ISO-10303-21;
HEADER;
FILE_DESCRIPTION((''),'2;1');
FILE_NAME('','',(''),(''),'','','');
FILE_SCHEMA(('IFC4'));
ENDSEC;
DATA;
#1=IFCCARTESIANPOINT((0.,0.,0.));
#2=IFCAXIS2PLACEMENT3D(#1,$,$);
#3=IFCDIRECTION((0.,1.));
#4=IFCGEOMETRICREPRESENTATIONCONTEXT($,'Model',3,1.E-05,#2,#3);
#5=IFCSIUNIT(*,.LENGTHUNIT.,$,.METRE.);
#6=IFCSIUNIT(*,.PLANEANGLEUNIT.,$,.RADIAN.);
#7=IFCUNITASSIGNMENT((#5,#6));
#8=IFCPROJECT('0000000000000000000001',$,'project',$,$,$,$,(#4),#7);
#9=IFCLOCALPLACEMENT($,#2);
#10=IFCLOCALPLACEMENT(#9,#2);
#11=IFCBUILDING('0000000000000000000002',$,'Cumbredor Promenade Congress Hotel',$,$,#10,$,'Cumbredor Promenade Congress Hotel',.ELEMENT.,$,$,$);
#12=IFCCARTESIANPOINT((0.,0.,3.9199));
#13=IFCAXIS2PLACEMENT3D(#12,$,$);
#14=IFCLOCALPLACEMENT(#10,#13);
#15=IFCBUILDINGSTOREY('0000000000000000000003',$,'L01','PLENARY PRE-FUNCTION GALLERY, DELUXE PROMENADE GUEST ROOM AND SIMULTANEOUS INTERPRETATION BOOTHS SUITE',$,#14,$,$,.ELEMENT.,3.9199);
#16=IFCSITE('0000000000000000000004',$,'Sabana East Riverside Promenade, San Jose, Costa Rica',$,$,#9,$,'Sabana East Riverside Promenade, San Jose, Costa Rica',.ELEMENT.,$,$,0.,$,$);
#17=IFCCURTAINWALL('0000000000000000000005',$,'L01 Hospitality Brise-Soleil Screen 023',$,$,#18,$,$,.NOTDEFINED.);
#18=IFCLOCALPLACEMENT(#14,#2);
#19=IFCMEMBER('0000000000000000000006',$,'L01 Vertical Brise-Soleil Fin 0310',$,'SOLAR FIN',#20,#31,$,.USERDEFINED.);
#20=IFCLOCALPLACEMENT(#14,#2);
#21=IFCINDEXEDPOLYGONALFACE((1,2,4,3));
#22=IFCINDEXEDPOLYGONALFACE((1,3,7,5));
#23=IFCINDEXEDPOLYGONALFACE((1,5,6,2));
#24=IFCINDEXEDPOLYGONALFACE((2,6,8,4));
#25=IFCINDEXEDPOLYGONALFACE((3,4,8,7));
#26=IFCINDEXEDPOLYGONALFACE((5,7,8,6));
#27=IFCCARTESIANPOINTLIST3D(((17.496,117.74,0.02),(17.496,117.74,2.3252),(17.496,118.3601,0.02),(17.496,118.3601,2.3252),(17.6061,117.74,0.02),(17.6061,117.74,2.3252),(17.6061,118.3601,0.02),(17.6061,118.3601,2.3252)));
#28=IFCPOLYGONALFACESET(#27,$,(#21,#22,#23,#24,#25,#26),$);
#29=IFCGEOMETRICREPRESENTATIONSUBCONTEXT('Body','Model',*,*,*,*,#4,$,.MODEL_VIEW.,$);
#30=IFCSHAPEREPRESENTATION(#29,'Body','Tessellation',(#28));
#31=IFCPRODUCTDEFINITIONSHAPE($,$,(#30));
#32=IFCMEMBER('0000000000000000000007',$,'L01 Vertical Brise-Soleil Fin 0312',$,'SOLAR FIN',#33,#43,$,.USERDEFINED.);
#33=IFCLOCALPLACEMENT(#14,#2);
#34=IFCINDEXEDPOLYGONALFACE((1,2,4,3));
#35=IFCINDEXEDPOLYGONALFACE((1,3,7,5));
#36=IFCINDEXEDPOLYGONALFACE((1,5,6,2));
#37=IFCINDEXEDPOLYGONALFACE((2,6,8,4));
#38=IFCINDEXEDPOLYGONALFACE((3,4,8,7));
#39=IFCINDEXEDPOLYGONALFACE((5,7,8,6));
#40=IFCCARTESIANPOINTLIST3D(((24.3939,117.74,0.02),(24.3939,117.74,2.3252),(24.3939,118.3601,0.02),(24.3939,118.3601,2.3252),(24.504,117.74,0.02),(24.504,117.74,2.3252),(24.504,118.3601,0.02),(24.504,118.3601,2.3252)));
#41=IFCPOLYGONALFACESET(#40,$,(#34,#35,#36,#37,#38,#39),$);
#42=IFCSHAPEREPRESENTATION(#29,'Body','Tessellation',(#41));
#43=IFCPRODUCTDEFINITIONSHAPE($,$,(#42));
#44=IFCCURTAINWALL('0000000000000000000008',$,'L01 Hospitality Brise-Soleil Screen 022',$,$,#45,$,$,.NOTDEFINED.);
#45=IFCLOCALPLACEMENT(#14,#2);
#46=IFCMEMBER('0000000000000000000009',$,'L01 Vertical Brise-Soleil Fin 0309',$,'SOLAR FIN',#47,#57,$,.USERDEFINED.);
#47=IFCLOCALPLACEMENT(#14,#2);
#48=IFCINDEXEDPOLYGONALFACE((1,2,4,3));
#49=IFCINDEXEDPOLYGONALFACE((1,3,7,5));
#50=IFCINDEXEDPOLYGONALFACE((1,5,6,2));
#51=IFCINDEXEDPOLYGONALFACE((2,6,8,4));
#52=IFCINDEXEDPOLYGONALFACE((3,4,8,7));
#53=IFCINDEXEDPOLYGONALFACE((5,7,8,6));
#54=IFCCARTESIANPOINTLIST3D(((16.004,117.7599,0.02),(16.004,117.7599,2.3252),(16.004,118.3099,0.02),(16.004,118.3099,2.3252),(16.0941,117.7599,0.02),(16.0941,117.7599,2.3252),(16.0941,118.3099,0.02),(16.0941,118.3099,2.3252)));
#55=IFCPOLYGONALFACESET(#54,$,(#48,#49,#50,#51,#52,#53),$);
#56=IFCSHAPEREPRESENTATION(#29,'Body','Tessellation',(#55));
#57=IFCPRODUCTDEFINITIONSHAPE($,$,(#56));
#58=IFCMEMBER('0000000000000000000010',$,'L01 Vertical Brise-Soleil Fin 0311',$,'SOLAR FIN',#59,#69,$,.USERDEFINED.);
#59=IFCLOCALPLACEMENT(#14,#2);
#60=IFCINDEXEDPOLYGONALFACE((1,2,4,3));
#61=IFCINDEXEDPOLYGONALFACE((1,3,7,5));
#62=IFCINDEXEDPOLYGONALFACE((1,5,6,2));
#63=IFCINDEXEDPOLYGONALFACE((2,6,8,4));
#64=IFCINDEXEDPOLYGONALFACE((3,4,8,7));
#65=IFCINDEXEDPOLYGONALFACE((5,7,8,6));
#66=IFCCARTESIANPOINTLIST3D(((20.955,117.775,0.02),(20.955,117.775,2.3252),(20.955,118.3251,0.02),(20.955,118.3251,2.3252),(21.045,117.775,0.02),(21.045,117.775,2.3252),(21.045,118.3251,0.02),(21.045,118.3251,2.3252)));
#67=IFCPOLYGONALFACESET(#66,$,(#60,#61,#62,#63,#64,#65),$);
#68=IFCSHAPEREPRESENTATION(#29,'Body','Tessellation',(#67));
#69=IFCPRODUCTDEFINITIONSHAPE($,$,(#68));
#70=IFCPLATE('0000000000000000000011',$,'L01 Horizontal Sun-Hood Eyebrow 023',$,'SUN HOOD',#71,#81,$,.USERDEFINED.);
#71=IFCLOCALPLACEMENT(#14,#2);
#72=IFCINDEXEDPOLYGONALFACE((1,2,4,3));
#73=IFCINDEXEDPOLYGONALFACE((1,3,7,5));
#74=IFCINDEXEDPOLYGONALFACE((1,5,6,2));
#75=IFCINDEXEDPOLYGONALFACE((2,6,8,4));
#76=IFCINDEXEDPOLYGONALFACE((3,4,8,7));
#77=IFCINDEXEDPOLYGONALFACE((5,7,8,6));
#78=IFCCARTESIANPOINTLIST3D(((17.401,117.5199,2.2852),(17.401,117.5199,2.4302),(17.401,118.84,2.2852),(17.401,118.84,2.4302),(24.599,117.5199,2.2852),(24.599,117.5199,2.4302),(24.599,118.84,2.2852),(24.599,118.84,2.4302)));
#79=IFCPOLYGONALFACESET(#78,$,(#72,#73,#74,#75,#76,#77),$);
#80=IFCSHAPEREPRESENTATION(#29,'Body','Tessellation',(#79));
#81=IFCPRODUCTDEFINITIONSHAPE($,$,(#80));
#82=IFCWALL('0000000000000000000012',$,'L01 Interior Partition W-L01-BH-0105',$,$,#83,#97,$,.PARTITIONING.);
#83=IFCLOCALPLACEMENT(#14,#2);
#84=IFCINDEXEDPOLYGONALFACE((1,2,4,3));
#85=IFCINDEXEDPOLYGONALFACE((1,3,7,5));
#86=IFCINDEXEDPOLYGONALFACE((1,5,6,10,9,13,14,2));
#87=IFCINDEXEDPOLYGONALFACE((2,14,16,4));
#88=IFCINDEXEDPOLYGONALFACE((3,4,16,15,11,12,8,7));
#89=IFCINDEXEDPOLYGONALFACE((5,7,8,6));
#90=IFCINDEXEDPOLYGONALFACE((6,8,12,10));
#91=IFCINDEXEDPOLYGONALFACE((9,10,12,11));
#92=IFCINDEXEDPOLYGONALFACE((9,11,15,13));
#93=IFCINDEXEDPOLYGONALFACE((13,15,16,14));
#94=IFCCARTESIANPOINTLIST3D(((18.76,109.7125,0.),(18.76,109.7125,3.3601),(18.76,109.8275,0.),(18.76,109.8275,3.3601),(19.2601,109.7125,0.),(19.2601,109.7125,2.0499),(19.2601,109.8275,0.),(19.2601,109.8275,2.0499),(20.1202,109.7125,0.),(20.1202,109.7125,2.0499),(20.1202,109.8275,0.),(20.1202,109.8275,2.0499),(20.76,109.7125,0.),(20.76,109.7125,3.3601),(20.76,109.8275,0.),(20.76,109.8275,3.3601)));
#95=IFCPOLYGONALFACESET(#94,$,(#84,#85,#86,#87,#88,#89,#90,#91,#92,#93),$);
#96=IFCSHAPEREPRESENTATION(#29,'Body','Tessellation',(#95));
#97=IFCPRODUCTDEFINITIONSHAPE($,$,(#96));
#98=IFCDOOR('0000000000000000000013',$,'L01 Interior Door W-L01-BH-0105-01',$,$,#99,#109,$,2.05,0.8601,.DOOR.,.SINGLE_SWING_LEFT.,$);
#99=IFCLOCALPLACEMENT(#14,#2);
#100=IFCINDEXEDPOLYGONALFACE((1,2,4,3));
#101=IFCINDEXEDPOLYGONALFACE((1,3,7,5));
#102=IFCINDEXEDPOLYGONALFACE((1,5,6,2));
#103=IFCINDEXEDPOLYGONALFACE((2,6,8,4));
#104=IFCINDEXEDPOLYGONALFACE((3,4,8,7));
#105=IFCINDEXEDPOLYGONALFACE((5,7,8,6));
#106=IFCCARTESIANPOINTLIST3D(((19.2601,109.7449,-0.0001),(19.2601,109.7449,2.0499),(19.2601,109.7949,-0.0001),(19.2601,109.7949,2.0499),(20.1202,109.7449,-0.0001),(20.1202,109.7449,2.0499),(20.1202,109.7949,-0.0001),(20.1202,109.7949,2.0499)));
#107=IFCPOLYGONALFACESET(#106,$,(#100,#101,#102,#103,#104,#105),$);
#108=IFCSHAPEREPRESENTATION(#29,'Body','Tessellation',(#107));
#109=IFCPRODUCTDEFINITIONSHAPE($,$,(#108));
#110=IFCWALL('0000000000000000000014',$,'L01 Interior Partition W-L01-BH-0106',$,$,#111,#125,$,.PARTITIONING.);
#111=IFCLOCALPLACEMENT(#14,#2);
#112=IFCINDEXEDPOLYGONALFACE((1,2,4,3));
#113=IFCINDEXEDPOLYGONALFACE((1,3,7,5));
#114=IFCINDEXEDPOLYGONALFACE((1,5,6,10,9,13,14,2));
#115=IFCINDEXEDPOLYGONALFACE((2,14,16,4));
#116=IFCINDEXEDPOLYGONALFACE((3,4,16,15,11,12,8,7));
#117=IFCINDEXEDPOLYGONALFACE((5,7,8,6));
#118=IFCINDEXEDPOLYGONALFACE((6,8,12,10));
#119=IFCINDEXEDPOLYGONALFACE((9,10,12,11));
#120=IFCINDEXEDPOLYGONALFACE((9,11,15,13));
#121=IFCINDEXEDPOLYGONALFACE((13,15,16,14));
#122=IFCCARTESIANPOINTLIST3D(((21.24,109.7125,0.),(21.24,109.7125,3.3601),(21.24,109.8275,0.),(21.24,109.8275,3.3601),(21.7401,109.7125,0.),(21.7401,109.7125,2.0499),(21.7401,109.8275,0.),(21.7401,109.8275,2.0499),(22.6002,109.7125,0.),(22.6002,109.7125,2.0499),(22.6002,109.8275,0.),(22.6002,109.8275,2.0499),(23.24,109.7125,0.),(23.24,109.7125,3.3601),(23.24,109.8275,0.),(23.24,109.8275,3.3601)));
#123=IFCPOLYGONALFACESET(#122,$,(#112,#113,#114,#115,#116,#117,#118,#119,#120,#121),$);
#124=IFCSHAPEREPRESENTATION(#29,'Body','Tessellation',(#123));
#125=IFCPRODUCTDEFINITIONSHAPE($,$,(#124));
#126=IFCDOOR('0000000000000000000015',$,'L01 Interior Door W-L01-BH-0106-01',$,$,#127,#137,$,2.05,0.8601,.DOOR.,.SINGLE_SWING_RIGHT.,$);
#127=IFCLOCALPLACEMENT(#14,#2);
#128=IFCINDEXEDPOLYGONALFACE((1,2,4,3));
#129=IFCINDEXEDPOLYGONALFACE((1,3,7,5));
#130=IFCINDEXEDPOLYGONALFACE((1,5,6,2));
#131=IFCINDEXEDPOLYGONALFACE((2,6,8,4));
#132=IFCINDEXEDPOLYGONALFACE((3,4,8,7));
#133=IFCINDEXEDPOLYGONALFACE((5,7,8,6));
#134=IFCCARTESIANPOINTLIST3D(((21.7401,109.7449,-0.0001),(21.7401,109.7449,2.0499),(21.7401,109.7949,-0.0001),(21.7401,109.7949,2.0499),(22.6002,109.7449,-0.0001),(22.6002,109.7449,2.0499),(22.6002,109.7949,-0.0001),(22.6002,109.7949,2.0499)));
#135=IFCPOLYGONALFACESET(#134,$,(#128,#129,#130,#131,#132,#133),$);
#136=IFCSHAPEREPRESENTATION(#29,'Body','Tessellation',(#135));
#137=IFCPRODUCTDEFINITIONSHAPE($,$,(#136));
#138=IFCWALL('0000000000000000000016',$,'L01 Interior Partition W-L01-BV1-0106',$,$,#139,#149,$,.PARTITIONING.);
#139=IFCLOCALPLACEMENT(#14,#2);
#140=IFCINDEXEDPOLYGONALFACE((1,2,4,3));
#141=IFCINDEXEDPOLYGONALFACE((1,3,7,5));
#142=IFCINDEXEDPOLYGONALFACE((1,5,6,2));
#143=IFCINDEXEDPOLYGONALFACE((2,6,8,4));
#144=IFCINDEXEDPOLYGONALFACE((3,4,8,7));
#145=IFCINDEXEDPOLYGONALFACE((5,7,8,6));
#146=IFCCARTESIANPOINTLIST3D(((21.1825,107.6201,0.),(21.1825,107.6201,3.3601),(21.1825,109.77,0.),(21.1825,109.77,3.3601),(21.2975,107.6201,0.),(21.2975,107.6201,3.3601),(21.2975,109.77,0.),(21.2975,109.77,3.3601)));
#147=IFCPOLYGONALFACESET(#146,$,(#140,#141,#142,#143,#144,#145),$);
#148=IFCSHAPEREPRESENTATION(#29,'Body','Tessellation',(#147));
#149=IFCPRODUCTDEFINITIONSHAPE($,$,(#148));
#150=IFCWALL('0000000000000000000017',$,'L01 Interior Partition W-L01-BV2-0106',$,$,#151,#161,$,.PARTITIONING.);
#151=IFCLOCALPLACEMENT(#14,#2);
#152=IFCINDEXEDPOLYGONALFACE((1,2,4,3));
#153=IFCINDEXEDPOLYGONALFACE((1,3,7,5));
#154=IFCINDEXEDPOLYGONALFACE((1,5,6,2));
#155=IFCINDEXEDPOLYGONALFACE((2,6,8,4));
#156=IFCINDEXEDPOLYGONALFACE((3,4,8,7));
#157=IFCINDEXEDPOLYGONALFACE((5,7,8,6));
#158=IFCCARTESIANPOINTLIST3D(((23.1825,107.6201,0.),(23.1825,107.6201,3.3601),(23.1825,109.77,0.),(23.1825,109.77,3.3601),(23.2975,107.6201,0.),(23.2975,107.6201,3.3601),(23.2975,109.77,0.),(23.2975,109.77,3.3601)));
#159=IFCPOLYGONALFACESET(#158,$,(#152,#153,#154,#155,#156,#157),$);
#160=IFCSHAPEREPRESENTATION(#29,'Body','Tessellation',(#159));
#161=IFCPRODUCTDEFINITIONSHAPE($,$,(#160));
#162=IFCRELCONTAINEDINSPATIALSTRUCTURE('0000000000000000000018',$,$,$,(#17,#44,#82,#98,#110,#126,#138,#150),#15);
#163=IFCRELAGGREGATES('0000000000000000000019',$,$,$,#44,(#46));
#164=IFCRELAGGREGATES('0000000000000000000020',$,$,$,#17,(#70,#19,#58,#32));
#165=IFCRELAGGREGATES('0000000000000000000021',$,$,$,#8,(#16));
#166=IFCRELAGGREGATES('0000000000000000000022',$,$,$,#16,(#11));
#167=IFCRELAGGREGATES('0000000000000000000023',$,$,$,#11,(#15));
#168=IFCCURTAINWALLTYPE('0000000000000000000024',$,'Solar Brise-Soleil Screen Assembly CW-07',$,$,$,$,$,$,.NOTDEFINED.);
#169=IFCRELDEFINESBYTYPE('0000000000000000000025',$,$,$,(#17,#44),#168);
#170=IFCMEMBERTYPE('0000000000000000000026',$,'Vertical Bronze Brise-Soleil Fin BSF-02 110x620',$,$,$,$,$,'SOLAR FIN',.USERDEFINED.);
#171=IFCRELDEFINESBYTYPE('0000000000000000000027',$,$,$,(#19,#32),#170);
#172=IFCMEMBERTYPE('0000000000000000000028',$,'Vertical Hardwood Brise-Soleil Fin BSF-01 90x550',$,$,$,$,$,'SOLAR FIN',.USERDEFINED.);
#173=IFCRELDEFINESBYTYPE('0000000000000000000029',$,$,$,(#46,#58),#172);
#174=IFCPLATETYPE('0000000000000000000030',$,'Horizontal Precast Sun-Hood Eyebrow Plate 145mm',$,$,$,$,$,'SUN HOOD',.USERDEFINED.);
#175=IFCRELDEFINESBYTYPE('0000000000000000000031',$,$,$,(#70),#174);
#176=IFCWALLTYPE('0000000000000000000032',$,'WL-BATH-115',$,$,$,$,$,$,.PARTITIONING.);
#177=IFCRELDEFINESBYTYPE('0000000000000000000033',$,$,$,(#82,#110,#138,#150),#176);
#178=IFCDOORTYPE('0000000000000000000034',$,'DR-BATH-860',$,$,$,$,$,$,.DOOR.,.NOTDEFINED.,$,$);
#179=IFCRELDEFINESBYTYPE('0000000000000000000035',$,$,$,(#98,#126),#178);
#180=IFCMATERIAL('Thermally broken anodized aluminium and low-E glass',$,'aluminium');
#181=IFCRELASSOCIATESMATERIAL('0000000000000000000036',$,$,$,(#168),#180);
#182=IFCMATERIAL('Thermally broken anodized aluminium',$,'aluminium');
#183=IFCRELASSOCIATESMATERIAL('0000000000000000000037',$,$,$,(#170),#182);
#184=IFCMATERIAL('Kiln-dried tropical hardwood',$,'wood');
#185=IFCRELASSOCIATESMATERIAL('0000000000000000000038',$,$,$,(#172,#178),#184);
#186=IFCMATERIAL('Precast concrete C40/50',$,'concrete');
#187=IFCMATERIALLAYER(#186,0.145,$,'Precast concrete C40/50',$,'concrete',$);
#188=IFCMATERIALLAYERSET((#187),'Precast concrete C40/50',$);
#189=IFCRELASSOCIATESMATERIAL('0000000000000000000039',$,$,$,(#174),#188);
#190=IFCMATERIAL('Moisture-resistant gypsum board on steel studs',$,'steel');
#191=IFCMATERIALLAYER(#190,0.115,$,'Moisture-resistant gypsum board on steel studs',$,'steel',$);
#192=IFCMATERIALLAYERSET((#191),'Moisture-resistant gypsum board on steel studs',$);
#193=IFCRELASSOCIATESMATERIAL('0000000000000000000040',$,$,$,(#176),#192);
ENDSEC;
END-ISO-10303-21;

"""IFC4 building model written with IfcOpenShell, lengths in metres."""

from ifc_helpers import new_model, si_unit, direction, frame, frame_2d, origin, origin_2d, place, context, subcontext, project, spatial, rectangle, extrude, material, layer, layer_set, material_profile, profile_set, type_object, element, fill, aggregate, save


model = new_model("IFC4")

# Units and contexts
model_context = context("Model", 3, precision=1e-05, world=origin(), true_north=direction((0.0, 1.0)))
body_context = subcontext(model_context, "Body", "Model", "MODEL_VIEW")
ifc_project = project(units=[si_unit("LENGTHUNIT", "METRE"), si_unit("PLANEANGLEUNIT", "RADIAN")], contexts=[model_context])

# Site, building, storey
site_placement = place(None, origin())
site = spatial("IfcSite", under=ifc_project, at=site_placement, Name="Sabana East Riverside Promenade, San Jose, Costa Rica", LongName="Sabana East Riverside Promenade, San Jose, Costa Rica", CompositionType="ELEMENT", RefElevation=0.0)
building_placement = place(site_placement, origin())
building = spatial("IfcBuilding", under=site, at=building_placement, Name="Cumbredor Promenade Congress Hotel", LongName="Cumbredor Promenade Congress Hotel", CompositionType="ELEMENT")
storey_placement = place(building_placement, frame((0.0, 0.0, 3.9199)))
storey = spatial("IfcBuildingStorey", under=building, at=storey_placement, Name="L01", Description="PLENARY PRE-FUNCTION GALLERY, DELUXE PROMENADE GUEST ROOM AND SIMULTANEOUS INTERPRETATION BOOTHS SUITE", CompositionType="ELEMENT", Elevation=3.9199)

# Curtain wall
ifc_material_1 = material(Name="Thermally broken anodized aluminium and low-E glass", Category="aluminium")
curtain_wall_type = type_object("IfcCurtainWallType", Name="Solar Brise-Soleil Screen Assembly CW-07", PredefinedType="NOTDEFINED", material=ifc_material_1)
curtain_wall_1_placement = place(storey_placement, origin())
curtain_wall_1 = element("IfcCurtainWall", 1, at=curtain_wall_1_placement, inside=storey, type_object=curtain_wall_type, Name="L01 Hospitality Brise-Soleil Screen 023", PredefinedType="NOTDEFINED")
ifc_material_2 = material(Name="Thermally broken anodized aluminium", Category="aluminium")

# Members
ifc_material_profile_1 = material_profile(ifc_material_2, rectangle(XDim=0.1101, YDim=0.6201, at=origin_2d()), Name="ARCH FIN 110x620")
ifc_profile_set_1 = profile_set([ifc_material_profile_1], Name="Thermally broken anodized aluminium")
member_type_1 = type_object("IfcMemberType", Name="Vertical Bronze Brise-Soleil Fin BSF-02 110x620", ElementType="SOLAR FIN", PredefinedType="USERDEFINED", material=ifc_profile_set_1)
member_1_placement = place(storey_placement, frame((17.551, 118.05, 0.02), z_axis=(0.0, 0.0, 1.0), x_axis=(1.0, 0.0, 0.0)))
member_1 = element("IfcMember", 2, at=member_1_placement, type_object=member_type_1, Name="L01 Vertical Brise-Soleil Fin 0310", ObjectType="SOLAR FIN", PredefinedType="USERDEFINED", context=body_context, shape_type="SweptSolid", body=[
    extrude(rectangle(XDim=0.1101, YDim=0.6201, at=origin_2d()), origin(), (0.0, 0.0, 1.0), 2.3052),
])
member_2_placement = place(storey_placement, frame((24.449, 118.05, 0.02), z_axis=(0.0, 0.0, 1.0), x_axis=(1.0, 0.0, 0.0)))
member_2 = element("IfcMember", 3, at=member_2_placement, type_object=member_type_1, Name="L01 Vertical Brise-Soleil Fin 0312", ObjectType="SOLAR FIN", PredefinedType="USERDEFINED", context=body_context, shape_type="SweptSolid", body=[
    extrude(rectangle(XDim=0.1101, YDim=0.6201, at=origin_2d()), origin(), (0.0, 0.0, 1.0), 2.3052),
])

# Curtain wall, member
curtain_wall_2_placement = place(storey_placement, origin())
curtain_wall_2 = element("IfcCurtainWall", 4, at=curtain_wall_2_placement, inside=storey, type_object=curtain_wall_type, Name="L01 Hospitality Brise-Soleil Screen 022", PredefinedType="NOTDEFINED")
ifc_material_3 = material(Name="Kiln-dried tropical hardwood", Category="wood")
ifc_material_profile_2 = material_profile(ifc_material_3, rectangle(XDim=0.0901, YDim=0.55, at=origin_2d()), Name="ARCH FIN 90x550")
ifc_profile_set_2 = profile_set([ifc_material_profile_2], Name="Kiln-dried tropical hardwood")
member_type_2 = type_object("IfcMemberType", Name="Vertical Hardwood Brise-Soleil Fin BSF-01 90x550", ElementType="SOLAR FIN", PredefinedType="USERDEFINED", material=ifc_profile_set_2)
member_3_placement = place(storey_placement, frame((16.0491, 118.0349, 0.02), z_axis=(0.0, 0.0, 1.0), x_axis=(1.0, 0.0, 0.0)))
member_3 = element("IfcMember", 5, at=member_3_placement, type_object=member_type_2, Name="L01 Vertical Brise-Soleil Fin 0309", ObjectType="SOLAR FIN", PredefinedType="USERDEFINED", context=body_context, shape_type="SweptSolid", body=[
    extrude(rectangle(XDim=0.0901, YDim=0.55, at=origin_2d()), origin(), (0.0, 0.0, 1.0), 2.3052),
])
aggregate(curtain_wall_2, [member_3])

# Member
member_4_placement = place(storey_placement, frame((21.0, 118.05, 0.02), z_axis=(0.0, 0.0, 1.0), x_axis=(1.0, 0.0, 0.0)))
member_4 = element("IfcMember", 6, at=member_4_placement, type_object=member_type_2, Name="L01 Vertical Brise-Soleil Fin 0311", ObjectType="SOLAR FIN", PredefinedType="USERDEFINED", context=body_context, shape_type="SweptSolid", body=[
    extrude(rectangle(XDim=0.0901, YDim=0.55, at=origin_2d()), origin(), (0.0, 0.0, 1.0), 2.3052),
])

# Plate
ifc_material_4 = material(Name="Precast concrete C40/50", Category="concrete")
ifc_layer_1 = layer(ifc_material_4, 0.145, Name="Precast concrete C40/50", Category="concrete")
ifc_layer_set_1 = layer_set([ifc_layer_1], Name="Precast concrete C40/50")
plate_type = type_object("IfcPlateType", Name="Horizontal Precast Sun-Hood Eyebrow Plate 145mm", ElementType="SUN HOOD", PredefinedType="USERDEFINED", material=ifc_layer_set_1)
plate_placement = place(storey_placement, frame((21.0, 118.1799, 2.2852), z_axis=(0.0, 0.0, 1.0), x_axis=(1.0, 0.0, 0.0)))
plate = element("IfcPlate", 7, at=plate_placement, type_object=plate_type, Name="L01 Horizontal Sun-Hood Eyebrow 023", ObjectType="SUN HOOD", PredefinedType="USERDEFINED", context=body_context, shape_type="SweptSolid", body=[
    extrude(rectangle(XDim=7.198, YDim=1.3201, at=origin_2d()), origin(), (0.0, 0.0, 1.0), 0.145),
])
aggregate(curtain_wall_1, [plate, member_1, member_4, member_2])

# Walls, openings, doors
ifc_material_5 = material(Name="Moisture-resistant gypsum board on steel studs", Category="steel")
ifc_layer_2 = layer(ifc_material_5, 0.115, Name="Moisture-resistant gypsum board on steel studs", Category="steel")
ifc_layer_set_2 = layer_set([ifc_layer_2], Name="Moisture-resistant gypsum board on steel studs")
wall_type_1 = type_object("IfcWallType", Name="WL-BATH-115", PredefinedType="PARTITIONING", material=ifc_layer_set_2)
wall_1_placement = place(storey_placement, frame((18.76, 109.77, 0.0), z_axis=(0.0, 0.0, 1.0), x_axis=(1.0, 0.0, 0.0)))
wall_1 = element("IfcWall", 8, at=wall_1_placement, inside=storey, type_object=wall_type_1, Name="L01 Interior Partition W-L01-BH-0105", PredefinedType="PARTITIONING", context=body_context, shape_type="SweptSolid", body=[
    extrude(rectangle(XDim=2.0, YDim=0.115, at=frame_2d((1.0, 0.0))), origin(), (0.0, 0.0, 1.0), 3.3601),
])
opening_1_placement = place(wall_1_placement, frame((0.5, 0.0, 0.0)))
opening_1 = element("IfcOpeningElement", 9, at=opening_1_placement, cuts=wall_1, PredefinedType="OPENING", context=body_context, shape_type="SweptSolid", body=[
    extrude(rectangle(XDim=0.8601, YDim=2.05, at=frame_2d((0.4302, 1.0249))), frame((0.0, 0.0674, 0.0), z_axis=(0.0, -1.0, 0.0), x_axis=(1.0, 0.0, 0.0)), (0.0, 0.0, 1.0), 0.135),
])
door_type = type_object("IfcDoorType", Name="DR-BATH-860", OperationType="NOTDEFINED", PredefinedType="DOOR", material=ifc_material_3)
door_1_placement = place(opening_1_placement, origin())
door_1 = element("IfcDoor", 10, at=door_1_placement, inside=storey, type_object=door_type, Name="L01 Interior Door W-L01-BH-0105-01", OperationType="SINGLE_SWING_LEFT", OverallHeight=2.05, OverallWidth=0.8601, PredefinedType="DOOR", context=body_context, shape_type="SweptSolid", body=[
    extrude(rectangle(XDim=0.8601, YDim=2.05, at=frame_2d((0.4302, 1.0249))), frame((0.0, 0.0249, 0.0), z_axis=(0.0, -1.0, 0.0), x_axis=(1.0, 0.0, 0.0)), (0.0, 0.0, 1.0), 0.05),
])
fill(opening_1, door_1)
wall_2_placement = place(storey_placement, frame((21.24, 109.77, 0.0), z_axis=(0.0, 0.0, 1.0), x_axis=(1.0, 0.0, 0.0)))
wall_2 = element("IfcWall", 11, at=wall_2_placement, inside=storey, type_object=wall_type_1, Name="L01 Interior Partition W-L01-BH-0106", PredefinedType="PARTITIONING", context=body_context, shape_type="SweptSolid", body=[
    extrude(rectangle(XDim=2.0, YDim=0.115, at=frame_2d((1.0, 0.0))), origin(), (0.0, 0.0, 1.0), 3.3601),
])
opening_2_placement = place(wall_2_placement, frame((0.5, 0.0, 0.0)))
opening_2 = element("IfcOpeningElement", 12, at=opening_2_placement, cuts=wall_2, PredefinedType="OPENING", context=body_context, shape_type="SweptSolid", body=[
    extrude(rectangle(XDim=0.8601, YDim=2.05, at=frame_2d((0.4302, 1.0249))), frame((0.0, 0.0674, 0.0), z_axis=(0.0, -1.0, 0.0), x_axis=(1.0, 0.0, 0.0)), (0.0, 0.0, 1.0), 0.135),
])
door_2_placement = place(opening_2_placement, origin())
door_2 = element("IfcDoor", 13, at=door_2_placement, inside=storey, type_object=door_type, Name="L01 Interior Door W-L01-BH-0106-01", OperationType="SINGLE_SWING_RIGHT", OverallHeight=2.05, OverallWidth=0.8601, PredefinedType="DOOR", context=body_context, shape_type="SweptSolid", body=[
    extrude(rectangle(XDim=0.8601, YDim=2.05, at=frame_2d((0.4302, 1.0249))), frame((0.0, 0.0249, 0.0), z_axis=(0.0, -1.0, 0.0), x_axis=(1.0, 0.0, 0.0)), (0.0, 0.0, 1.0), 0.05),
])
fill(opening_2, door_2)

# Walls
for number, where, z_axis, x_axis, name in (
    (14, (21.24, 107.6201, 0.0), (0.0, 0.0, 1.0), (0.0, 1.0, 0.0), "L01 Interior Partition W-L01-BV1-0106"),
    (15, (23.24, 107.6201, 0.0), (0.0, 0.0, 1.0), (0.0, 1.0, 0.0), "L01 Interior Partition W-L01-BV2-0106"),
):
    element("IfcWall", number, at=place(storey_placement, frame(where, z_axis=z_axis, x_axis=x_axis)), inside=storey, type_object=wall_type_1, Name=name, PredefinedType="PARTITIONING", context=body_context, shape_type="SweptSolid", body=[
        extrude(rectangle(XDim=2.1499, YDim=0.115, at=frame_2d((1.075, 0.0))), origin(), (0.0, 0.0, 1.0), 3.3601),
    ])

save(model, "model.ifc")
